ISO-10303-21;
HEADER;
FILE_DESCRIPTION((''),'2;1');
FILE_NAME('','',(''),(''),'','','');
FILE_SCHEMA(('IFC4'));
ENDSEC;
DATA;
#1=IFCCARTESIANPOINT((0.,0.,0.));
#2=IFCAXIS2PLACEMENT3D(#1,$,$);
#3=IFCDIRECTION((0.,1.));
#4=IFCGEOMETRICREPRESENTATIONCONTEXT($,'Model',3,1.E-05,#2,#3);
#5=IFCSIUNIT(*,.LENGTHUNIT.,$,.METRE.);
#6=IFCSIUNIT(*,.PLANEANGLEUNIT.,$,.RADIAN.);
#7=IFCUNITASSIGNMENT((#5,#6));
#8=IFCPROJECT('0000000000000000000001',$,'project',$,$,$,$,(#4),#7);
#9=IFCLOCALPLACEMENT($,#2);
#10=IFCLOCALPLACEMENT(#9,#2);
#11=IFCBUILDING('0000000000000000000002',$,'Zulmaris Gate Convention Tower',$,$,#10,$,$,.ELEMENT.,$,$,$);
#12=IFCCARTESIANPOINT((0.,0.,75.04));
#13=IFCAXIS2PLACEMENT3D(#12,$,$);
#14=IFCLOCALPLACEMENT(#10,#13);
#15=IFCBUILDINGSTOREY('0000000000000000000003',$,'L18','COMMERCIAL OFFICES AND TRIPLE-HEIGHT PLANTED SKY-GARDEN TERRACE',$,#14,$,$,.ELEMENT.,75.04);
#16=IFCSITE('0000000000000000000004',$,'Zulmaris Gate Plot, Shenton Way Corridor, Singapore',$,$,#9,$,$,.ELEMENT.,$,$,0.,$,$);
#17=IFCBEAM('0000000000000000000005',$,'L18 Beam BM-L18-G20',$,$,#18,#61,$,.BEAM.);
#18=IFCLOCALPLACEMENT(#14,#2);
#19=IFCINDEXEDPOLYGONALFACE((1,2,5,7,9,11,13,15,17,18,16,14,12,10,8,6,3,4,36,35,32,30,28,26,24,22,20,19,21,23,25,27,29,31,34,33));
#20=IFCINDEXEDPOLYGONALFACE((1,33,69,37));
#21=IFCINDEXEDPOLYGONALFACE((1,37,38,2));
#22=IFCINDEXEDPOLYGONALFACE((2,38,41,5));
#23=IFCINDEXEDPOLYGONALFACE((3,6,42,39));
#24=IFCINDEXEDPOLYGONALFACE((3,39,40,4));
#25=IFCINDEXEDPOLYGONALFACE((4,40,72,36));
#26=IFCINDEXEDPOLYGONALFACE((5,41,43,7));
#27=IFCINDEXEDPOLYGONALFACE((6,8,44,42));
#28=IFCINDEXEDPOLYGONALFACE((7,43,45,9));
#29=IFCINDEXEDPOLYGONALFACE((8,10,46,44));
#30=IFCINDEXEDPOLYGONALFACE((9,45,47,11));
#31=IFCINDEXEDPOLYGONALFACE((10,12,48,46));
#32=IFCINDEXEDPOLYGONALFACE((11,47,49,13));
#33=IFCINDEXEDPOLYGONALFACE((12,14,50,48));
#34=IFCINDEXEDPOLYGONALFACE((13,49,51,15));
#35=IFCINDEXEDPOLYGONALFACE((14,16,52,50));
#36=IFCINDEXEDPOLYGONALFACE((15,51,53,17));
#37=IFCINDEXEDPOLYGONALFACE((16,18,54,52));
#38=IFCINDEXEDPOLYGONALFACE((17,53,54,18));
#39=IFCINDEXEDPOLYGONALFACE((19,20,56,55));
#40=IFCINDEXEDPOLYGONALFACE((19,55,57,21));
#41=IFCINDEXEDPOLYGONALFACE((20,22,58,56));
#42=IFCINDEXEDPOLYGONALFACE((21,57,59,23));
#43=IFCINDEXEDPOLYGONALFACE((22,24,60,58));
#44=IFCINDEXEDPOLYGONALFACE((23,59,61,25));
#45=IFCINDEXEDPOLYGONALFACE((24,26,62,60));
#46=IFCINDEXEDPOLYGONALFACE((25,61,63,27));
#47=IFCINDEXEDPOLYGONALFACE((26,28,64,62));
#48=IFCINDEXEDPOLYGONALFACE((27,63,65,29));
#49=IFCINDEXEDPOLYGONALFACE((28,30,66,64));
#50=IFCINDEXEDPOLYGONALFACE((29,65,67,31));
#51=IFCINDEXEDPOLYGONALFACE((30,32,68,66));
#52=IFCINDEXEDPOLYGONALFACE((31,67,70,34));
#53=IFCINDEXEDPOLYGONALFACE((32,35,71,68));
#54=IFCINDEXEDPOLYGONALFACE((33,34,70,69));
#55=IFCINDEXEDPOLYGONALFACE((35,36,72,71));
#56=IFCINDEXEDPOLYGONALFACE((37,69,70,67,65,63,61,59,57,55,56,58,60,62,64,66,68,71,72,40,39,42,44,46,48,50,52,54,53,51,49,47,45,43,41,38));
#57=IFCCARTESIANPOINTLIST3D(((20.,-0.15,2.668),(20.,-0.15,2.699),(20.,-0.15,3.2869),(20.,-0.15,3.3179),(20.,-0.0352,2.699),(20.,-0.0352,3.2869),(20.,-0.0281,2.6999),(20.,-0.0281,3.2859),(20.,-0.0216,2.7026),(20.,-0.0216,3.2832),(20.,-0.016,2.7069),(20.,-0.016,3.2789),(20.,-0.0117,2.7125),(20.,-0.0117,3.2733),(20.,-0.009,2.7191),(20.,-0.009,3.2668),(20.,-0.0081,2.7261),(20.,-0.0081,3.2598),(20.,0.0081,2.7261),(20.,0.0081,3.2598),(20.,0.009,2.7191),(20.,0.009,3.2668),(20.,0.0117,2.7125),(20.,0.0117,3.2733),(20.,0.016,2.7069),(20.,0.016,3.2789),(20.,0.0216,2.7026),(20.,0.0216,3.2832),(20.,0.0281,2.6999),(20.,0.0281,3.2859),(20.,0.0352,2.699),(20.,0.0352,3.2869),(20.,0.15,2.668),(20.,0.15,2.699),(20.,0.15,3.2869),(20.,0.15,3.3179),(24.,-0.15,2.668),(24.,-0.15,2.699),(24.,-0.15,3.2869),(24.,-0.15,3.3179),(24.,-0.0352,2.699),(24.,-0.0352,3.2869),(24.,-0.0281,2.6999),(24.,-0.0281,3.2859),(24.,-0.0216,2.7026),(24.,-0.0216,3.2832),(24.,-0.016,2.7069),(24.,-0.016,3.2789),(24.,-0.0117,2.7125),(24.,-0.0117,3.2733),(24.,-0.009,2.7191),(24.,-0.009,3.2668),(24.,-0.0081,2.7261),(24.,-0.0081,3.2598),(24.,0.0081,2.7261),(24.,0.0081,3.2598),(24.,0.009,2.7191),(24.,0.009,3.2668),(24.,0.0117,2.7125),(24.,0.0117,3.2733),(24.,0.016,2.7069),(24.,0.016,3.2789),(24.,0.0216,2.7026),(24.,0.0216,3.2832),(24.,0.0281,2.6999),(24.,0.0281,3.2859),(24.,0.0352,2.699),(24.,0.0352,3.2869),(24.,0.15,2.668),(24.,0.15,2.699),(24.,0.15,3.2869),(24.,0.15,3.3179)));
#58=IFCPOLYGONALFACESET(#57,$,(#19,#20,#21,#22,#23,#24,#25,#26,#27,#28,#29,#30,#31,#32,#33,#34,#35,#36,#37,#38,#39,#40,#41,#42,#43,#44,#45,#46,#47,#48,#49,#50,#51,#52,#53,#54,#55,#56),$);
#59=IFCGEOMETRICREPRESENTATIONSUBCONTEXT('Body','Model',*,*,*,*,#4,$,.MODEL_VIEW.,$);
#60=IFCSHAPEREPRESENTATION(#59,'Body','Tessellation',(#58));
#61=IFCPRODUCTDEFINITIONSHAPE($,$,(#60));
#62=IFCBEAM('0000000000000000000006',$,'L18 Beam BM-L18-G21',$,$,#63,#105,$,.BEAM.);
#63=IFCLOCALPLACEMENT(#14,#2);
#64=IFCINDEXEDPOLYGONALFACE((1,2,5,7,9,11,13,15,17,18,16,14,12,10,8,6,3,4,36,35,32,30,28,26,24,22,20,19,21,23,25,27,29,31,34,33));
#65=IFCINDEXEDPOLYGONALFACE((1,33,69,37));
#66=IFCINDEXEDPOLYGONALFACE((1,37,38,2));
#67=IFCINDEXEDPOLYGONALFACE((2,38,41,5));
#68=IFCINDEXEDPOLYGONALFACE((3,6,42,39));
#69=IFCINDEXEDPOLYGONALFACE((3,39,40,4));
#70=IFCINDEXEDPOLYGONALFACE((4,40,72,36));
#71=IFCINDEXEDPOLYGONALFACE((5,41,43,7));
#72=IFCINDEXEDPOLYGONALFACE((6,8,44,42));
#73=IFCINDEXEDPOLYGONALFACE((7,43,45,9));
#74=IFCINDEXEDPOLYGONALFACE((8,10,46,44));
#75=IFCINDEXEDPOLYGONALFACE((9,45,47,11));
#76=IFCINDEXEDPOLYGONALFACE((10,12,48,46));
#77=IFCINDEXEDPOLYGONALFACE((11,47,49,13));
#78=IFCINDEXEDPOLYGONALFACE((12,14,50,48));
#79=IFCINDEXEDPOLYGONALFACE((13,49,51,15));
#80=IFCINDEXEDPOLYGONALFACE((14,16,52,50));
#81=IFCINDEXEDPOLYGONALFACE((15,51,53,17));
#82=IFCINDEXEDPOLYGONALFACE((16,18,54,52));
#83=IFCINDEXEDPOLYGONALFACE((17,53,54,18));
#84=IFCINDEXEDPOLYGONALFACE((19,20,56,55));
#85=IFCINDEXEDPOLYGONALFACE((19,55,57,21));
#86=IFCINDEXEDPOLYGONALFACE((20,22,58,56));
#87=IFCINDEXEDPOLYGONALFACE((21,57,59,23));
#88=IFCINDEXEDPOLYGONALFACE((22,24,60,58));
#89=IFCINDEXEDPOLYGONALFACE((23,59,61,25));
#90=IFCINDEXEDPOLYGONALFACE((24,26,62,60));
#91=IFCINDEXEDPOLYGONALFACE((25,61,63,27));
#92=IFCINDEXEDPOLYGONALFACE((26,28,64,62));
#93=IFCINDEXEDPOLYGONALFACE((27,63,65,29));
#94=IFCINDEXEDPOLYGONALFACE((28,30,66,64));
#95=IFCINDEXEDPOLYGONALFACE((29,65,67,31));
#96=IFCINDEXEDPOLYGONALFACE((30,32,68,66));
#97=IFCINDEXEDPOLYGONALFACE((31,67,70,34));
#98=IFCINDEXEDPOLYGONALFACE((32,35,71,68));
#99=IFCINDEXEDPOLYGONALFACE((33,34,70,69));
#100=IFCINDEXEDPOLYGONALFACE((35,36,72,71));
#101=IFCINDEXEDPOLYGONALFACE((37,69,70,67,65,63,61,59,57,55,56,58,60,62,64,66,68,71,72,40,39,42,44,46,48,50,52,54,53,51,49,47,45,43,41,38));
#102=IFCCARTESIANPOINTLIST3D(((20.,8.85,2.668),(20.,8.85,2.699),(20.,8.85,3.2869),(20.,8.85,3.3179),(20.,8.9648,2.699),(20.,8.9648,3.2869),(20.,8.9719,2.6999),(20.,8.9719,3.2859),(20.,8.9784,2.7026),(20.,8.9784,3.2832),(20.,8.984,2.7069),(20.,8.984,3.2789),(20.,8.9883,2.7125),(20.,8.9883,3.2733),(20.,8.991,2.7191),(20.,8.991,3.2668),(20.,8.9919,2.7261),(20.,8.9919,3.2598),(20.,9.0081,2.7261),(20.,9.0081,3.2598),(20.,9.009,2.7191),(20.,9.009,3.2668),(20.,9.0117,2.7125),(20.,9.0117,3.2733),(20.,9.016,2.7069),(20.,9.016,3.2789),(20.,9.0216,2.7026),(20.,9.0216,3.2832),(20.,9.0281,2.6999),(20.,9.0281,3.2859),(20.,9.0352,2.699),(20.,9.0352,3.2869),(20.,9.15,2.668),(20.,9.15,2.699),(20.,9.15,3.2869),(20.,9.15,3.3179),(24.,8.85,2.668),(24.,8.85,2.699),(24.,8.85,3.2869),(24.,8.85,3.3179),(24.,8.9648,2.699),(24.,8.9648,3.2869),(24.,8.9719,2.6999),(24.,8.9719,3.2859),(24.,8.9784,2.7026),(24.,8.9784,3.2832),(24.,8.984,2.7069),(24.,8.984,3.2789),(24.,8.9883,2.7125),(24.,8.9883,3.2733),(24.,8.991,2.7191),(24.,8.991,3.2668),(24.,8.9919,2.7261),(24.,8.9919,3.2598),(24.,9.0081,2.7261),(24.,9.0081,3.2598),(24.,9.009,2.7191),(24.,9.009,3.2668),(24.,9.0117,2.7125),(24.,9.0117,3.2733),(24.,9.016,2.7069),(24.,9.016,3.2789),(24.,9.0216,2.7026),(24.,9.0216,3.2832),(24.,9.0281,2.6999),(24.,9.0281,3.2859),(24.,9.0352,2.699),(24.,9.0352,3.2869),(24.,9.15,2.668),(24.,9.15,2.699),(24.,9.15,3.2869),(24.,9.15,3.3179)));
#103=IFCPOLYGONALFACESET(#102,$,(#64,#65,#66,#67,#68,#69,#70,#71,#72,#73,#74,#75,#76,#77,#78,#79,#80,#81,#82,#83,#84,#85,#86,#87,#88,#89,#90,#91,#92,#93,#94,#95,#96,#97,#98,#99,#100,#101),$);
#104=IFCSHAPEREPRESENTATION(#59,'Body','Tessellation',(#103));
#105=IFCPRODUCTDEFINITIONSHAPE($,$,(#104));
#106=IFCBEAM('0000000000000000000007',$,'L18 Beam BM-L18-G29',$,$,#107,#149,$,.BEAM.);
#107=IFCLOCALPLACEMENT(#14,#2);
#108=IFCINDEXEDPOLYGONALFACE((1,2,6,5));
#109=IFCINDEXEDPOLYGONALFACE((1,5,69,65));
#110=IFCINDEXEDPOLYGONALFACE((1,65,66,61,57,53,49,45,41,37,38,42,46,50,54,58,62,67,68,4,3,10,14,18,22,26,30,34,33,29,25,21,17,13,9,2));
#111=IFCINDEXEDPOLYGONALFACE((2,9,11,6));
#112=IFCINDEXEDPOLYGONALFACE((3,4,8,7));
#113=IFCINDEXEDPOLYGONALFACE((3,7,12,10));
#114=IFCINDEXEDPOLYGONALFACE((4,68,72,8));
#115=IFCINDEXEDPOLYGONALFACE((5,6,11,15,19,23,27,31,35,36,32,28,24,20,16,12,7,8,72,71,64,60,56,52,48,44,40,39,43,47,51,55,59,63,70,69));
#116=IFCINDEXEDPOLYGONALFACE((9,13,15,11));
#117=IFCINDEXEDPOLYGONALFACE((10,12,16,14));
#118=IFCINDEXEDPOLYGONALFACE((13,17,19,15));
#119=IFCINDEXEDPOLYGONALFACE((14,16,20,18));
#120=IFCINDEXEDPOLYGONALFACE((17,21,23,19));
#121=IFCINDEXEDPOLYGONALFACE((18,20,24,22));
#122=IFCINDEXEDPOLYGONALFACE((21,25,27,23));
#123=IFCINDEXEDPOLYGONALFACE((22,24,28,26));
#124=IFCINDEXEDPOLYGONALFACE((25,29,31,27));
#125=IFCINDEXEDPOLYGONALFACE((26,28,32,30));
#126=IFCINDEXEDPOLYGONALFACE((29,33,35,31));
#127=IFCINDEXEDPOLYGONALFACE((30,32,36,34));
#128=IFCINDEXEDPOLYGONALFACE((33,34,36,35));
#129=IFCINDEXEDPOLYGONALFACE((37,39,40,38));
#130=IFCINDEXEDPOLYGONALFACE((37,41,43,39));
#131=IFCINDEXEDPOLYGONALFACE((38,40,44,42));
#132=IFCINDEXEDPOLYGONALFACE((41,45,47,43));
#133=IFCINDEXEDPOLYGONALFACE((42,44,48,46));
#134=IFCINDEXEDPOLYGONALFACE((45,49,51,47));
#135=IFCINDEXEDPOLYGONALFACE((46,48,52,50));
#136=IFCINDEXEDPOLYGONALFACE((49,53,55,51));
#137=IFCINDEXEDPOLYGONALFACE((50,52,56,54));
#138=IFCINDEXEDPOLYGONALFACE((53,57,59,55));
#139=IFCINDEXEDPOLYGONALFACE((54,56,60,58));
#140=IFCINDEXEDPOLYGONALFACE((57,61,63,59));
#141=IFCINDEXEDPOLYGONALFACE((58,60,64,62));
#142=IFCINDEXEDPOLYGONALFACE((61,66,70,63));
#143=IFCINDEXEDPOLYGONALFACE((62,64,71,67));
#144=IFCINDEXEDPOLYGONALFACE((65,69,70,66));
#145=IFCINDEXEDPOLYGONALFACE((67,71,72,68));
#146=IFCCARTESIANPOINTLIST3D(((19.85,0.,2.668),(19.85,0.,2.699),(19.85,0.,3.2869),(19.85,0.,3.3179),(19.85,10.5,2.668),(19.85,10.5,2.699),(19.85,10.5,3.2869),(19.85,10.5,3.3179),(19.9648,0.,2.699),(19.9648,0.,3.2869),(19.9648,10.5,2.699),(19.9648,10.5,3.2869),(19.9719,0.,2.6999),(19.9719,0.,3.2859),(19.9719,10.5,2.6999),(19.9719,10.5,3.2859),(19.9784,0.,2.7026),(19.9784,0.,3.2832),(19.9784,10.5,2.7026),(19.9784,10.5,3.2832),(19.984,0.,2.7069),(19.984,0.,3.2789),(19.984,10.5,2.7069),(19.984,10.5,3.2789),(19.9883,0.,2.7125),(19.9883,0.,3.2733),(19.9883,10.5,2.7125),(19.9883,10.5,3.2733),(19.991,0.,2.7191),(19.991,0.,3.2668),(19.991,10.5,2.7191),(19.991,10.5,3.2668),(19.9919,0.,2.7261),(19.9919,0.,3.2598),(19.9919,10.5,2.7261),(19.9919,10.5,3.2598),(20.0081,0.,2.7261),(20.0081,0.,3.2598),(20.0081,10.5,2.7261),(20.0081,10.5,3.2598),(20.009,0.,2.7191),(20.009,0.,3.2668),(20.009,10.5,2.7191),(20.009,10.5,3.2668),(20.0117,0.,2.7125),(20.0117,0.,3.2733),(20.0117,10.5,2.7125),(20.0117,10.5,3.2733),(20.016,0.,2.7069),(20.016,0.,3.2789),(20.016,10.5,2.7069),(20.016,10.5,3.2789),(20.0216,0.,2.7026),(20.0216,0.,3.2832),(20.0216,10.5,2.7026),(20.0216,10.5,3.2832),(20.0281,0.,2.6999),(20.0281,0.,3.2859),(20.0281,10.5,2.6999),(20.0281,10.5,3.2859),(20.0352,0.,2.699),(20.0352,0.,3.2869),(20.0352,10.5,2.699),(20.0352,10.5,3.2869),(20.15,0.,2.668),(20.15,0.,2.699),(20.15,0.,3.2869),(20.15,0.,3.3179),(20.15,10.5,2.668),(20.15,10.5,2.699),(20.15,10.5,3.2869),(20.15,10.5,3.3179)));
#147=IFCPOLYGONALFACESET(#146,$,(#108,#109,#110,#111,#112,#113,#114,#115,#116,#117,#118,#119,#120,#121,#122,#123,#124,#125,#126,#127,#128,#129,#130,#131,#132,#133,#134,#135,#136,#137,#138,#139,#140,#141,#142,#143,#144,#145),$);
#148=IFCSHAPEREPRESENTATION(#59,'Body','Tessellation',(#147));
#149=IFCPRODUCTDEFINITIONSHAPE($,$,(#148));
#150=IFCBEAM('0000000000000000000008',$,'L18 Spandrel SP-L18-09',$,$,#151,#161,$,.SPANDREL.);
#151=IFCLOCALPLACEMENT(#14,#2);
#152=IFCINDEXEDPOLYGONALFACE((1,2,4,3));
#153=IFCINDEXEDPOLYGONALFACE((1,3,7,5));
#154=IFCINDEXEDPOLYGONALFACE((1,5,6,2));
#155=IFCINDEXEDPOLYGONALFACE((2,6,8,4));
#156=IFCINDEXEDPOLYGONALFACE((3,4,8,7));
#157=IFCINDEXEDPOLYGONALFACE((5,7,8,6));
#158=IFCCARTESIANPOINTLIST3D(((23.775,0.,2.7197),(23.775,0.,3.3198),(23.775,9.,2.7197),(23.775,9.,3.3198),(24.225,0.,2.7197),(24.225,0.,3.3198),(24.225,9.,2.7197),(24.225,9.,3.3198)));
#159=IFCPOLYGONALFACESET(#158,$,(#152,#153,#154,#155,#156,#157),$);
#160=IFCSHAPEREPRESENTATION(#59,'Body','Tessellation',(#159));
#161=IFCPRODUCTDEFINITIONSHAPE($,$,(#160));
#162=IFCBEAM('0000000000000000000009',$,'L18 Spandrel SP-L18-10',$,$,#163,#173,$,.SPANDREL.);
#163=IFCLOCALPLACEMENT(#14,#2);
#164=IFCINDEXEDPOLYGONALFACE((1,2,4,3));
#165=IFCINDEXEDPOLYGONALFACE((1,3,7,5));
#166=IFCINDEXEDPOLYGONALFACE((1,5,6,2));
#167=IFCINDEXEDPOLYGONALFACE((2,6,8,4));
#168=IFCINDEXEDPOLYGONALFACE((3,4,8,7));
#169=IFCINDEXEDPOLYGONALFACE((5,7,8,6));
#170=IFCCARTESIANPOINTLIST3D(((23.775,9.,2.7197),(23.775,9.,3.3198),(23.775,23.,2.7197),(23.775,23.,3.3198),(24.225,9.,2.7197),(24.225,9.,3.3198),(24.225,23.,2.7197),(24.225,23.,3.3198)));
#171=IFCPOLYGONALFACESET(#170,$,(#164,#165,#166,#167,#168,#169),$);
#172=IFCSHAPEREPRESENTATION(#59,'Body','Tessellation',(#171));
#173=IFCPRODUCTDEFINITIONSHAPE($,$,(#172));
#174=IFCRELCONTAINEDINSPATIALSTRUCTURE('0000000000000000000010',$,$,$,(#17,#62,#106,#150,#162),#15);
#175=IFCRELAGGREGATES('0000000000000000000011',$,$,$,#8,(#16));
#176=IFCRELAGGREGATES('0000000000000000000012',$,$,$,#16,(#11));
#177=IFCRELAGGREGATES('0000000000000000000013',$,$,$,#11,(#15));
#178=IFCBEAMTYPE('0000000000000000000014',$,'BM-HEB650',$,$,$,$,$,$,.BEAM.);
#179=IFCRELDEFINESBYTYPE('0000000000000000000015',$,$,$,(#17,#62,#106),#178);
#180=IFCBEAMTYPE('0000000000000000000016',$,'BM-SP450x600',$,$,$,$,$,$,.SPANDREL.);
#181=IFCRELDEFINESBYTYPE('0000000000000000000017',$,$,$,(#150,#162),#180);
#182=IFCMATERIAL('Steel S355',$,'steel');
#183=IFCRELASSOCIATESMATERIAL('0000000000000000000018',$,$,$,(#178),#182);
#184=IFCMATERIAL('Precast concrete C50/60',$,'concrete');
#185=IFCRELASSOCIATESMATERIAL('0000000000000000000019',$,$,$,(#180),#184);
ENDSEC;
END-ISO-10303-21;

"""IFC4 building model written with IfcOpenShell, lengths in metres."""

from ifc_helpers import new_model, si_unit, direction, frame, origin, origin_2d, place, context, subcontext, project, spatial, rectangle, i_section, extrude, material, material_profile, profile_set, type_object, element, save


model = new_model("IFC4")

# Units and contexts
model_context = context("Model", 3, precision=1e-05, world=origin(), true_north=direction((0.0, 1.0)))
body_context = subcontext(model_context, "Body", "Model", "MODEL_VIEW")
ifc_project = project(units=[si_unit("LENGTHUNIT", "METRE"), si_unit("PLANEANGLEUNIT", "RADIAN")], contexts=[model_context])

# Site, building, storey
site_placement = place(None, origin())
site = spatial("IfcSite", under=ifc_project, at=site_placement, Name="Zulmaris Gate Plot, Shenton Way Corridor, Singapore", CompositionType="ELEMENT", RefElevation=0.0)
building_placement = place(site_placement, origin())
building = spatial("IfcBuilding", under=site, at=building_placement, Name="Zulmaris Gate Convention Tower", CompositionType="ELEMENT")
storey_placement = place(building_placement, frame((0.0, 0.0, 75.04)))
storey = spatial("IfcBuildingStorey", under=building, at=storey_placement, Name="L18", Description="COMMERCIAL OFFICES AND TRIPLE-HEIGHT PLANTED SKY-GARDEN TERRACE", CompositionType="ELEMENT", Elevation=75.04)

# Beams
ifc_material_1 = material(Name="Steel S355", Category="steel")
ifc_material_profile_1 = material_profile(ifc_material_1, i_section(OverallWidth=0.3, OverallDepth=0.6499, WebThickness=0.0161, FlangeThickness=0.031, FilletRadius=0.0271, at=origin_2d()), Name="HEB 650")
ifc_profile_set_1 = profile_set([ifc_material_profile_1], Name="Steel S355")
beam_type_1 = type_object("IfcBeamType", Name="BM-HEB650", PredefinedType="BEAM", material=ifc_profile_set_1)
for number, where, z_axis, x_axis, name in (
    (1, (20.0, 0.0, 2.9929), (1.0, 0.0, 0.0), (0.0, 1.0, 0.0), "L18 Beam BM-L18-G20"),
    (2, (20.0, 9.0, 2.9929), (1.0, 0.0, 0.0), (0.0, 1.0, 0.0), "L18 Beam BM-L18-G21"),
):
    element("IfcBeam", number, at=place(storey_placement, frame(where, z_axis=z_axis, x_axis=x_axis)), inside=storey, type_object=beam_type_1, Name=name, PredefinedType="BEAM", context=body_context, shape_type="SweptSolid", body=[
        extrude(i_section(OverallWidth=0.3, OverallDepth=0.6499, WebThickness=0.0161, FlangeThickness=0.031, FilletRadius=0.0271, at=origin_2d()), origin(), (0.0, 0.0, 1.0), 4.0),
    ])
beam_1_placement = place(storey_placement, frame((20.0, 0.0, 2.9929), z_axis=(0.0, 1.0, 0.0), x_axis=(-1.0, 0.0, 0.0)))
element("IfcBeam", 3, at=beam_1_placement, inside=storey, type_object=beam_type_1, Name="L18 Beam BM-L18-G29", PredefinedType="BEAM", context=body_context, shape_type="SweptSolid", body=[
    extrude(i_section(OverallWidth=0.3, OverallDepth=0.6499, WebThickness=0.0161, FlangeThickness=0.031, FilletRadius=0.0271, at=origin_2d()), origin(), (0.0, 0.0, 1.0), 10.5),
])
ifc_material_2 = material(Name="Precast concrete C50/60", Category="concrete")
ifc_material_profile_2 = material_profile(ifc_material_2, rectangle(XDim=0.45, YDim=0.6001, at=origin_2d()), Name="RC SPANDREL 450x600")
ifc_profile_set_2 = profile_set([ifc_material_profile_2], Name="Precast concrete C50/60")
beam_type_2 = type_object("IfcBeamType", Name="BM-SP450x600", PredefinedType="SPANDREL", material=ifc_profile_set_2)
beam_2_placement = place(storey_placement, frame((24.0, 0.0, 3.0198), z_axis=(0.0, 1.0, 0.0), x_axis=(-1.0, 0.0, 0.0)))
element("IfcBeam", 4, at=beam_2_placement, inside=storey, type_object=beam_type_2, Name="L18 Spandrel SP-L18-09", PredefinedType="SPANDREL", context=body_context, shape_type="SweptSolid", body=[
    extrude(rectangle(XDim=0.45, YDim=0.6001, at=origin_2d()), origin(), (0.0, 0.0, 1.0), 9.0),
])
beam_3_placement = place(storey_placement, frame((24.0, 9.0, 3.0198), z_axis=(0.0, 1.0, 0.0), x_axis=(-1.0, 0.0, 0.0)))
element("IfcBeam", 5, at=beam_3_placement, inside=storey, type_object=beam_type_2, Name="L18 Spandrel SP-L18-10", PredefinedType="SPANDREL", context=body_context, shape_type="SweptSolid", body=[
    extrude(rectangle(XDim=0.45, YDim=0.6001, at=origin_2d()), origin(), (0.0, 0.0, 1.0), 14.0),
])

save(model, "model.ifc")
